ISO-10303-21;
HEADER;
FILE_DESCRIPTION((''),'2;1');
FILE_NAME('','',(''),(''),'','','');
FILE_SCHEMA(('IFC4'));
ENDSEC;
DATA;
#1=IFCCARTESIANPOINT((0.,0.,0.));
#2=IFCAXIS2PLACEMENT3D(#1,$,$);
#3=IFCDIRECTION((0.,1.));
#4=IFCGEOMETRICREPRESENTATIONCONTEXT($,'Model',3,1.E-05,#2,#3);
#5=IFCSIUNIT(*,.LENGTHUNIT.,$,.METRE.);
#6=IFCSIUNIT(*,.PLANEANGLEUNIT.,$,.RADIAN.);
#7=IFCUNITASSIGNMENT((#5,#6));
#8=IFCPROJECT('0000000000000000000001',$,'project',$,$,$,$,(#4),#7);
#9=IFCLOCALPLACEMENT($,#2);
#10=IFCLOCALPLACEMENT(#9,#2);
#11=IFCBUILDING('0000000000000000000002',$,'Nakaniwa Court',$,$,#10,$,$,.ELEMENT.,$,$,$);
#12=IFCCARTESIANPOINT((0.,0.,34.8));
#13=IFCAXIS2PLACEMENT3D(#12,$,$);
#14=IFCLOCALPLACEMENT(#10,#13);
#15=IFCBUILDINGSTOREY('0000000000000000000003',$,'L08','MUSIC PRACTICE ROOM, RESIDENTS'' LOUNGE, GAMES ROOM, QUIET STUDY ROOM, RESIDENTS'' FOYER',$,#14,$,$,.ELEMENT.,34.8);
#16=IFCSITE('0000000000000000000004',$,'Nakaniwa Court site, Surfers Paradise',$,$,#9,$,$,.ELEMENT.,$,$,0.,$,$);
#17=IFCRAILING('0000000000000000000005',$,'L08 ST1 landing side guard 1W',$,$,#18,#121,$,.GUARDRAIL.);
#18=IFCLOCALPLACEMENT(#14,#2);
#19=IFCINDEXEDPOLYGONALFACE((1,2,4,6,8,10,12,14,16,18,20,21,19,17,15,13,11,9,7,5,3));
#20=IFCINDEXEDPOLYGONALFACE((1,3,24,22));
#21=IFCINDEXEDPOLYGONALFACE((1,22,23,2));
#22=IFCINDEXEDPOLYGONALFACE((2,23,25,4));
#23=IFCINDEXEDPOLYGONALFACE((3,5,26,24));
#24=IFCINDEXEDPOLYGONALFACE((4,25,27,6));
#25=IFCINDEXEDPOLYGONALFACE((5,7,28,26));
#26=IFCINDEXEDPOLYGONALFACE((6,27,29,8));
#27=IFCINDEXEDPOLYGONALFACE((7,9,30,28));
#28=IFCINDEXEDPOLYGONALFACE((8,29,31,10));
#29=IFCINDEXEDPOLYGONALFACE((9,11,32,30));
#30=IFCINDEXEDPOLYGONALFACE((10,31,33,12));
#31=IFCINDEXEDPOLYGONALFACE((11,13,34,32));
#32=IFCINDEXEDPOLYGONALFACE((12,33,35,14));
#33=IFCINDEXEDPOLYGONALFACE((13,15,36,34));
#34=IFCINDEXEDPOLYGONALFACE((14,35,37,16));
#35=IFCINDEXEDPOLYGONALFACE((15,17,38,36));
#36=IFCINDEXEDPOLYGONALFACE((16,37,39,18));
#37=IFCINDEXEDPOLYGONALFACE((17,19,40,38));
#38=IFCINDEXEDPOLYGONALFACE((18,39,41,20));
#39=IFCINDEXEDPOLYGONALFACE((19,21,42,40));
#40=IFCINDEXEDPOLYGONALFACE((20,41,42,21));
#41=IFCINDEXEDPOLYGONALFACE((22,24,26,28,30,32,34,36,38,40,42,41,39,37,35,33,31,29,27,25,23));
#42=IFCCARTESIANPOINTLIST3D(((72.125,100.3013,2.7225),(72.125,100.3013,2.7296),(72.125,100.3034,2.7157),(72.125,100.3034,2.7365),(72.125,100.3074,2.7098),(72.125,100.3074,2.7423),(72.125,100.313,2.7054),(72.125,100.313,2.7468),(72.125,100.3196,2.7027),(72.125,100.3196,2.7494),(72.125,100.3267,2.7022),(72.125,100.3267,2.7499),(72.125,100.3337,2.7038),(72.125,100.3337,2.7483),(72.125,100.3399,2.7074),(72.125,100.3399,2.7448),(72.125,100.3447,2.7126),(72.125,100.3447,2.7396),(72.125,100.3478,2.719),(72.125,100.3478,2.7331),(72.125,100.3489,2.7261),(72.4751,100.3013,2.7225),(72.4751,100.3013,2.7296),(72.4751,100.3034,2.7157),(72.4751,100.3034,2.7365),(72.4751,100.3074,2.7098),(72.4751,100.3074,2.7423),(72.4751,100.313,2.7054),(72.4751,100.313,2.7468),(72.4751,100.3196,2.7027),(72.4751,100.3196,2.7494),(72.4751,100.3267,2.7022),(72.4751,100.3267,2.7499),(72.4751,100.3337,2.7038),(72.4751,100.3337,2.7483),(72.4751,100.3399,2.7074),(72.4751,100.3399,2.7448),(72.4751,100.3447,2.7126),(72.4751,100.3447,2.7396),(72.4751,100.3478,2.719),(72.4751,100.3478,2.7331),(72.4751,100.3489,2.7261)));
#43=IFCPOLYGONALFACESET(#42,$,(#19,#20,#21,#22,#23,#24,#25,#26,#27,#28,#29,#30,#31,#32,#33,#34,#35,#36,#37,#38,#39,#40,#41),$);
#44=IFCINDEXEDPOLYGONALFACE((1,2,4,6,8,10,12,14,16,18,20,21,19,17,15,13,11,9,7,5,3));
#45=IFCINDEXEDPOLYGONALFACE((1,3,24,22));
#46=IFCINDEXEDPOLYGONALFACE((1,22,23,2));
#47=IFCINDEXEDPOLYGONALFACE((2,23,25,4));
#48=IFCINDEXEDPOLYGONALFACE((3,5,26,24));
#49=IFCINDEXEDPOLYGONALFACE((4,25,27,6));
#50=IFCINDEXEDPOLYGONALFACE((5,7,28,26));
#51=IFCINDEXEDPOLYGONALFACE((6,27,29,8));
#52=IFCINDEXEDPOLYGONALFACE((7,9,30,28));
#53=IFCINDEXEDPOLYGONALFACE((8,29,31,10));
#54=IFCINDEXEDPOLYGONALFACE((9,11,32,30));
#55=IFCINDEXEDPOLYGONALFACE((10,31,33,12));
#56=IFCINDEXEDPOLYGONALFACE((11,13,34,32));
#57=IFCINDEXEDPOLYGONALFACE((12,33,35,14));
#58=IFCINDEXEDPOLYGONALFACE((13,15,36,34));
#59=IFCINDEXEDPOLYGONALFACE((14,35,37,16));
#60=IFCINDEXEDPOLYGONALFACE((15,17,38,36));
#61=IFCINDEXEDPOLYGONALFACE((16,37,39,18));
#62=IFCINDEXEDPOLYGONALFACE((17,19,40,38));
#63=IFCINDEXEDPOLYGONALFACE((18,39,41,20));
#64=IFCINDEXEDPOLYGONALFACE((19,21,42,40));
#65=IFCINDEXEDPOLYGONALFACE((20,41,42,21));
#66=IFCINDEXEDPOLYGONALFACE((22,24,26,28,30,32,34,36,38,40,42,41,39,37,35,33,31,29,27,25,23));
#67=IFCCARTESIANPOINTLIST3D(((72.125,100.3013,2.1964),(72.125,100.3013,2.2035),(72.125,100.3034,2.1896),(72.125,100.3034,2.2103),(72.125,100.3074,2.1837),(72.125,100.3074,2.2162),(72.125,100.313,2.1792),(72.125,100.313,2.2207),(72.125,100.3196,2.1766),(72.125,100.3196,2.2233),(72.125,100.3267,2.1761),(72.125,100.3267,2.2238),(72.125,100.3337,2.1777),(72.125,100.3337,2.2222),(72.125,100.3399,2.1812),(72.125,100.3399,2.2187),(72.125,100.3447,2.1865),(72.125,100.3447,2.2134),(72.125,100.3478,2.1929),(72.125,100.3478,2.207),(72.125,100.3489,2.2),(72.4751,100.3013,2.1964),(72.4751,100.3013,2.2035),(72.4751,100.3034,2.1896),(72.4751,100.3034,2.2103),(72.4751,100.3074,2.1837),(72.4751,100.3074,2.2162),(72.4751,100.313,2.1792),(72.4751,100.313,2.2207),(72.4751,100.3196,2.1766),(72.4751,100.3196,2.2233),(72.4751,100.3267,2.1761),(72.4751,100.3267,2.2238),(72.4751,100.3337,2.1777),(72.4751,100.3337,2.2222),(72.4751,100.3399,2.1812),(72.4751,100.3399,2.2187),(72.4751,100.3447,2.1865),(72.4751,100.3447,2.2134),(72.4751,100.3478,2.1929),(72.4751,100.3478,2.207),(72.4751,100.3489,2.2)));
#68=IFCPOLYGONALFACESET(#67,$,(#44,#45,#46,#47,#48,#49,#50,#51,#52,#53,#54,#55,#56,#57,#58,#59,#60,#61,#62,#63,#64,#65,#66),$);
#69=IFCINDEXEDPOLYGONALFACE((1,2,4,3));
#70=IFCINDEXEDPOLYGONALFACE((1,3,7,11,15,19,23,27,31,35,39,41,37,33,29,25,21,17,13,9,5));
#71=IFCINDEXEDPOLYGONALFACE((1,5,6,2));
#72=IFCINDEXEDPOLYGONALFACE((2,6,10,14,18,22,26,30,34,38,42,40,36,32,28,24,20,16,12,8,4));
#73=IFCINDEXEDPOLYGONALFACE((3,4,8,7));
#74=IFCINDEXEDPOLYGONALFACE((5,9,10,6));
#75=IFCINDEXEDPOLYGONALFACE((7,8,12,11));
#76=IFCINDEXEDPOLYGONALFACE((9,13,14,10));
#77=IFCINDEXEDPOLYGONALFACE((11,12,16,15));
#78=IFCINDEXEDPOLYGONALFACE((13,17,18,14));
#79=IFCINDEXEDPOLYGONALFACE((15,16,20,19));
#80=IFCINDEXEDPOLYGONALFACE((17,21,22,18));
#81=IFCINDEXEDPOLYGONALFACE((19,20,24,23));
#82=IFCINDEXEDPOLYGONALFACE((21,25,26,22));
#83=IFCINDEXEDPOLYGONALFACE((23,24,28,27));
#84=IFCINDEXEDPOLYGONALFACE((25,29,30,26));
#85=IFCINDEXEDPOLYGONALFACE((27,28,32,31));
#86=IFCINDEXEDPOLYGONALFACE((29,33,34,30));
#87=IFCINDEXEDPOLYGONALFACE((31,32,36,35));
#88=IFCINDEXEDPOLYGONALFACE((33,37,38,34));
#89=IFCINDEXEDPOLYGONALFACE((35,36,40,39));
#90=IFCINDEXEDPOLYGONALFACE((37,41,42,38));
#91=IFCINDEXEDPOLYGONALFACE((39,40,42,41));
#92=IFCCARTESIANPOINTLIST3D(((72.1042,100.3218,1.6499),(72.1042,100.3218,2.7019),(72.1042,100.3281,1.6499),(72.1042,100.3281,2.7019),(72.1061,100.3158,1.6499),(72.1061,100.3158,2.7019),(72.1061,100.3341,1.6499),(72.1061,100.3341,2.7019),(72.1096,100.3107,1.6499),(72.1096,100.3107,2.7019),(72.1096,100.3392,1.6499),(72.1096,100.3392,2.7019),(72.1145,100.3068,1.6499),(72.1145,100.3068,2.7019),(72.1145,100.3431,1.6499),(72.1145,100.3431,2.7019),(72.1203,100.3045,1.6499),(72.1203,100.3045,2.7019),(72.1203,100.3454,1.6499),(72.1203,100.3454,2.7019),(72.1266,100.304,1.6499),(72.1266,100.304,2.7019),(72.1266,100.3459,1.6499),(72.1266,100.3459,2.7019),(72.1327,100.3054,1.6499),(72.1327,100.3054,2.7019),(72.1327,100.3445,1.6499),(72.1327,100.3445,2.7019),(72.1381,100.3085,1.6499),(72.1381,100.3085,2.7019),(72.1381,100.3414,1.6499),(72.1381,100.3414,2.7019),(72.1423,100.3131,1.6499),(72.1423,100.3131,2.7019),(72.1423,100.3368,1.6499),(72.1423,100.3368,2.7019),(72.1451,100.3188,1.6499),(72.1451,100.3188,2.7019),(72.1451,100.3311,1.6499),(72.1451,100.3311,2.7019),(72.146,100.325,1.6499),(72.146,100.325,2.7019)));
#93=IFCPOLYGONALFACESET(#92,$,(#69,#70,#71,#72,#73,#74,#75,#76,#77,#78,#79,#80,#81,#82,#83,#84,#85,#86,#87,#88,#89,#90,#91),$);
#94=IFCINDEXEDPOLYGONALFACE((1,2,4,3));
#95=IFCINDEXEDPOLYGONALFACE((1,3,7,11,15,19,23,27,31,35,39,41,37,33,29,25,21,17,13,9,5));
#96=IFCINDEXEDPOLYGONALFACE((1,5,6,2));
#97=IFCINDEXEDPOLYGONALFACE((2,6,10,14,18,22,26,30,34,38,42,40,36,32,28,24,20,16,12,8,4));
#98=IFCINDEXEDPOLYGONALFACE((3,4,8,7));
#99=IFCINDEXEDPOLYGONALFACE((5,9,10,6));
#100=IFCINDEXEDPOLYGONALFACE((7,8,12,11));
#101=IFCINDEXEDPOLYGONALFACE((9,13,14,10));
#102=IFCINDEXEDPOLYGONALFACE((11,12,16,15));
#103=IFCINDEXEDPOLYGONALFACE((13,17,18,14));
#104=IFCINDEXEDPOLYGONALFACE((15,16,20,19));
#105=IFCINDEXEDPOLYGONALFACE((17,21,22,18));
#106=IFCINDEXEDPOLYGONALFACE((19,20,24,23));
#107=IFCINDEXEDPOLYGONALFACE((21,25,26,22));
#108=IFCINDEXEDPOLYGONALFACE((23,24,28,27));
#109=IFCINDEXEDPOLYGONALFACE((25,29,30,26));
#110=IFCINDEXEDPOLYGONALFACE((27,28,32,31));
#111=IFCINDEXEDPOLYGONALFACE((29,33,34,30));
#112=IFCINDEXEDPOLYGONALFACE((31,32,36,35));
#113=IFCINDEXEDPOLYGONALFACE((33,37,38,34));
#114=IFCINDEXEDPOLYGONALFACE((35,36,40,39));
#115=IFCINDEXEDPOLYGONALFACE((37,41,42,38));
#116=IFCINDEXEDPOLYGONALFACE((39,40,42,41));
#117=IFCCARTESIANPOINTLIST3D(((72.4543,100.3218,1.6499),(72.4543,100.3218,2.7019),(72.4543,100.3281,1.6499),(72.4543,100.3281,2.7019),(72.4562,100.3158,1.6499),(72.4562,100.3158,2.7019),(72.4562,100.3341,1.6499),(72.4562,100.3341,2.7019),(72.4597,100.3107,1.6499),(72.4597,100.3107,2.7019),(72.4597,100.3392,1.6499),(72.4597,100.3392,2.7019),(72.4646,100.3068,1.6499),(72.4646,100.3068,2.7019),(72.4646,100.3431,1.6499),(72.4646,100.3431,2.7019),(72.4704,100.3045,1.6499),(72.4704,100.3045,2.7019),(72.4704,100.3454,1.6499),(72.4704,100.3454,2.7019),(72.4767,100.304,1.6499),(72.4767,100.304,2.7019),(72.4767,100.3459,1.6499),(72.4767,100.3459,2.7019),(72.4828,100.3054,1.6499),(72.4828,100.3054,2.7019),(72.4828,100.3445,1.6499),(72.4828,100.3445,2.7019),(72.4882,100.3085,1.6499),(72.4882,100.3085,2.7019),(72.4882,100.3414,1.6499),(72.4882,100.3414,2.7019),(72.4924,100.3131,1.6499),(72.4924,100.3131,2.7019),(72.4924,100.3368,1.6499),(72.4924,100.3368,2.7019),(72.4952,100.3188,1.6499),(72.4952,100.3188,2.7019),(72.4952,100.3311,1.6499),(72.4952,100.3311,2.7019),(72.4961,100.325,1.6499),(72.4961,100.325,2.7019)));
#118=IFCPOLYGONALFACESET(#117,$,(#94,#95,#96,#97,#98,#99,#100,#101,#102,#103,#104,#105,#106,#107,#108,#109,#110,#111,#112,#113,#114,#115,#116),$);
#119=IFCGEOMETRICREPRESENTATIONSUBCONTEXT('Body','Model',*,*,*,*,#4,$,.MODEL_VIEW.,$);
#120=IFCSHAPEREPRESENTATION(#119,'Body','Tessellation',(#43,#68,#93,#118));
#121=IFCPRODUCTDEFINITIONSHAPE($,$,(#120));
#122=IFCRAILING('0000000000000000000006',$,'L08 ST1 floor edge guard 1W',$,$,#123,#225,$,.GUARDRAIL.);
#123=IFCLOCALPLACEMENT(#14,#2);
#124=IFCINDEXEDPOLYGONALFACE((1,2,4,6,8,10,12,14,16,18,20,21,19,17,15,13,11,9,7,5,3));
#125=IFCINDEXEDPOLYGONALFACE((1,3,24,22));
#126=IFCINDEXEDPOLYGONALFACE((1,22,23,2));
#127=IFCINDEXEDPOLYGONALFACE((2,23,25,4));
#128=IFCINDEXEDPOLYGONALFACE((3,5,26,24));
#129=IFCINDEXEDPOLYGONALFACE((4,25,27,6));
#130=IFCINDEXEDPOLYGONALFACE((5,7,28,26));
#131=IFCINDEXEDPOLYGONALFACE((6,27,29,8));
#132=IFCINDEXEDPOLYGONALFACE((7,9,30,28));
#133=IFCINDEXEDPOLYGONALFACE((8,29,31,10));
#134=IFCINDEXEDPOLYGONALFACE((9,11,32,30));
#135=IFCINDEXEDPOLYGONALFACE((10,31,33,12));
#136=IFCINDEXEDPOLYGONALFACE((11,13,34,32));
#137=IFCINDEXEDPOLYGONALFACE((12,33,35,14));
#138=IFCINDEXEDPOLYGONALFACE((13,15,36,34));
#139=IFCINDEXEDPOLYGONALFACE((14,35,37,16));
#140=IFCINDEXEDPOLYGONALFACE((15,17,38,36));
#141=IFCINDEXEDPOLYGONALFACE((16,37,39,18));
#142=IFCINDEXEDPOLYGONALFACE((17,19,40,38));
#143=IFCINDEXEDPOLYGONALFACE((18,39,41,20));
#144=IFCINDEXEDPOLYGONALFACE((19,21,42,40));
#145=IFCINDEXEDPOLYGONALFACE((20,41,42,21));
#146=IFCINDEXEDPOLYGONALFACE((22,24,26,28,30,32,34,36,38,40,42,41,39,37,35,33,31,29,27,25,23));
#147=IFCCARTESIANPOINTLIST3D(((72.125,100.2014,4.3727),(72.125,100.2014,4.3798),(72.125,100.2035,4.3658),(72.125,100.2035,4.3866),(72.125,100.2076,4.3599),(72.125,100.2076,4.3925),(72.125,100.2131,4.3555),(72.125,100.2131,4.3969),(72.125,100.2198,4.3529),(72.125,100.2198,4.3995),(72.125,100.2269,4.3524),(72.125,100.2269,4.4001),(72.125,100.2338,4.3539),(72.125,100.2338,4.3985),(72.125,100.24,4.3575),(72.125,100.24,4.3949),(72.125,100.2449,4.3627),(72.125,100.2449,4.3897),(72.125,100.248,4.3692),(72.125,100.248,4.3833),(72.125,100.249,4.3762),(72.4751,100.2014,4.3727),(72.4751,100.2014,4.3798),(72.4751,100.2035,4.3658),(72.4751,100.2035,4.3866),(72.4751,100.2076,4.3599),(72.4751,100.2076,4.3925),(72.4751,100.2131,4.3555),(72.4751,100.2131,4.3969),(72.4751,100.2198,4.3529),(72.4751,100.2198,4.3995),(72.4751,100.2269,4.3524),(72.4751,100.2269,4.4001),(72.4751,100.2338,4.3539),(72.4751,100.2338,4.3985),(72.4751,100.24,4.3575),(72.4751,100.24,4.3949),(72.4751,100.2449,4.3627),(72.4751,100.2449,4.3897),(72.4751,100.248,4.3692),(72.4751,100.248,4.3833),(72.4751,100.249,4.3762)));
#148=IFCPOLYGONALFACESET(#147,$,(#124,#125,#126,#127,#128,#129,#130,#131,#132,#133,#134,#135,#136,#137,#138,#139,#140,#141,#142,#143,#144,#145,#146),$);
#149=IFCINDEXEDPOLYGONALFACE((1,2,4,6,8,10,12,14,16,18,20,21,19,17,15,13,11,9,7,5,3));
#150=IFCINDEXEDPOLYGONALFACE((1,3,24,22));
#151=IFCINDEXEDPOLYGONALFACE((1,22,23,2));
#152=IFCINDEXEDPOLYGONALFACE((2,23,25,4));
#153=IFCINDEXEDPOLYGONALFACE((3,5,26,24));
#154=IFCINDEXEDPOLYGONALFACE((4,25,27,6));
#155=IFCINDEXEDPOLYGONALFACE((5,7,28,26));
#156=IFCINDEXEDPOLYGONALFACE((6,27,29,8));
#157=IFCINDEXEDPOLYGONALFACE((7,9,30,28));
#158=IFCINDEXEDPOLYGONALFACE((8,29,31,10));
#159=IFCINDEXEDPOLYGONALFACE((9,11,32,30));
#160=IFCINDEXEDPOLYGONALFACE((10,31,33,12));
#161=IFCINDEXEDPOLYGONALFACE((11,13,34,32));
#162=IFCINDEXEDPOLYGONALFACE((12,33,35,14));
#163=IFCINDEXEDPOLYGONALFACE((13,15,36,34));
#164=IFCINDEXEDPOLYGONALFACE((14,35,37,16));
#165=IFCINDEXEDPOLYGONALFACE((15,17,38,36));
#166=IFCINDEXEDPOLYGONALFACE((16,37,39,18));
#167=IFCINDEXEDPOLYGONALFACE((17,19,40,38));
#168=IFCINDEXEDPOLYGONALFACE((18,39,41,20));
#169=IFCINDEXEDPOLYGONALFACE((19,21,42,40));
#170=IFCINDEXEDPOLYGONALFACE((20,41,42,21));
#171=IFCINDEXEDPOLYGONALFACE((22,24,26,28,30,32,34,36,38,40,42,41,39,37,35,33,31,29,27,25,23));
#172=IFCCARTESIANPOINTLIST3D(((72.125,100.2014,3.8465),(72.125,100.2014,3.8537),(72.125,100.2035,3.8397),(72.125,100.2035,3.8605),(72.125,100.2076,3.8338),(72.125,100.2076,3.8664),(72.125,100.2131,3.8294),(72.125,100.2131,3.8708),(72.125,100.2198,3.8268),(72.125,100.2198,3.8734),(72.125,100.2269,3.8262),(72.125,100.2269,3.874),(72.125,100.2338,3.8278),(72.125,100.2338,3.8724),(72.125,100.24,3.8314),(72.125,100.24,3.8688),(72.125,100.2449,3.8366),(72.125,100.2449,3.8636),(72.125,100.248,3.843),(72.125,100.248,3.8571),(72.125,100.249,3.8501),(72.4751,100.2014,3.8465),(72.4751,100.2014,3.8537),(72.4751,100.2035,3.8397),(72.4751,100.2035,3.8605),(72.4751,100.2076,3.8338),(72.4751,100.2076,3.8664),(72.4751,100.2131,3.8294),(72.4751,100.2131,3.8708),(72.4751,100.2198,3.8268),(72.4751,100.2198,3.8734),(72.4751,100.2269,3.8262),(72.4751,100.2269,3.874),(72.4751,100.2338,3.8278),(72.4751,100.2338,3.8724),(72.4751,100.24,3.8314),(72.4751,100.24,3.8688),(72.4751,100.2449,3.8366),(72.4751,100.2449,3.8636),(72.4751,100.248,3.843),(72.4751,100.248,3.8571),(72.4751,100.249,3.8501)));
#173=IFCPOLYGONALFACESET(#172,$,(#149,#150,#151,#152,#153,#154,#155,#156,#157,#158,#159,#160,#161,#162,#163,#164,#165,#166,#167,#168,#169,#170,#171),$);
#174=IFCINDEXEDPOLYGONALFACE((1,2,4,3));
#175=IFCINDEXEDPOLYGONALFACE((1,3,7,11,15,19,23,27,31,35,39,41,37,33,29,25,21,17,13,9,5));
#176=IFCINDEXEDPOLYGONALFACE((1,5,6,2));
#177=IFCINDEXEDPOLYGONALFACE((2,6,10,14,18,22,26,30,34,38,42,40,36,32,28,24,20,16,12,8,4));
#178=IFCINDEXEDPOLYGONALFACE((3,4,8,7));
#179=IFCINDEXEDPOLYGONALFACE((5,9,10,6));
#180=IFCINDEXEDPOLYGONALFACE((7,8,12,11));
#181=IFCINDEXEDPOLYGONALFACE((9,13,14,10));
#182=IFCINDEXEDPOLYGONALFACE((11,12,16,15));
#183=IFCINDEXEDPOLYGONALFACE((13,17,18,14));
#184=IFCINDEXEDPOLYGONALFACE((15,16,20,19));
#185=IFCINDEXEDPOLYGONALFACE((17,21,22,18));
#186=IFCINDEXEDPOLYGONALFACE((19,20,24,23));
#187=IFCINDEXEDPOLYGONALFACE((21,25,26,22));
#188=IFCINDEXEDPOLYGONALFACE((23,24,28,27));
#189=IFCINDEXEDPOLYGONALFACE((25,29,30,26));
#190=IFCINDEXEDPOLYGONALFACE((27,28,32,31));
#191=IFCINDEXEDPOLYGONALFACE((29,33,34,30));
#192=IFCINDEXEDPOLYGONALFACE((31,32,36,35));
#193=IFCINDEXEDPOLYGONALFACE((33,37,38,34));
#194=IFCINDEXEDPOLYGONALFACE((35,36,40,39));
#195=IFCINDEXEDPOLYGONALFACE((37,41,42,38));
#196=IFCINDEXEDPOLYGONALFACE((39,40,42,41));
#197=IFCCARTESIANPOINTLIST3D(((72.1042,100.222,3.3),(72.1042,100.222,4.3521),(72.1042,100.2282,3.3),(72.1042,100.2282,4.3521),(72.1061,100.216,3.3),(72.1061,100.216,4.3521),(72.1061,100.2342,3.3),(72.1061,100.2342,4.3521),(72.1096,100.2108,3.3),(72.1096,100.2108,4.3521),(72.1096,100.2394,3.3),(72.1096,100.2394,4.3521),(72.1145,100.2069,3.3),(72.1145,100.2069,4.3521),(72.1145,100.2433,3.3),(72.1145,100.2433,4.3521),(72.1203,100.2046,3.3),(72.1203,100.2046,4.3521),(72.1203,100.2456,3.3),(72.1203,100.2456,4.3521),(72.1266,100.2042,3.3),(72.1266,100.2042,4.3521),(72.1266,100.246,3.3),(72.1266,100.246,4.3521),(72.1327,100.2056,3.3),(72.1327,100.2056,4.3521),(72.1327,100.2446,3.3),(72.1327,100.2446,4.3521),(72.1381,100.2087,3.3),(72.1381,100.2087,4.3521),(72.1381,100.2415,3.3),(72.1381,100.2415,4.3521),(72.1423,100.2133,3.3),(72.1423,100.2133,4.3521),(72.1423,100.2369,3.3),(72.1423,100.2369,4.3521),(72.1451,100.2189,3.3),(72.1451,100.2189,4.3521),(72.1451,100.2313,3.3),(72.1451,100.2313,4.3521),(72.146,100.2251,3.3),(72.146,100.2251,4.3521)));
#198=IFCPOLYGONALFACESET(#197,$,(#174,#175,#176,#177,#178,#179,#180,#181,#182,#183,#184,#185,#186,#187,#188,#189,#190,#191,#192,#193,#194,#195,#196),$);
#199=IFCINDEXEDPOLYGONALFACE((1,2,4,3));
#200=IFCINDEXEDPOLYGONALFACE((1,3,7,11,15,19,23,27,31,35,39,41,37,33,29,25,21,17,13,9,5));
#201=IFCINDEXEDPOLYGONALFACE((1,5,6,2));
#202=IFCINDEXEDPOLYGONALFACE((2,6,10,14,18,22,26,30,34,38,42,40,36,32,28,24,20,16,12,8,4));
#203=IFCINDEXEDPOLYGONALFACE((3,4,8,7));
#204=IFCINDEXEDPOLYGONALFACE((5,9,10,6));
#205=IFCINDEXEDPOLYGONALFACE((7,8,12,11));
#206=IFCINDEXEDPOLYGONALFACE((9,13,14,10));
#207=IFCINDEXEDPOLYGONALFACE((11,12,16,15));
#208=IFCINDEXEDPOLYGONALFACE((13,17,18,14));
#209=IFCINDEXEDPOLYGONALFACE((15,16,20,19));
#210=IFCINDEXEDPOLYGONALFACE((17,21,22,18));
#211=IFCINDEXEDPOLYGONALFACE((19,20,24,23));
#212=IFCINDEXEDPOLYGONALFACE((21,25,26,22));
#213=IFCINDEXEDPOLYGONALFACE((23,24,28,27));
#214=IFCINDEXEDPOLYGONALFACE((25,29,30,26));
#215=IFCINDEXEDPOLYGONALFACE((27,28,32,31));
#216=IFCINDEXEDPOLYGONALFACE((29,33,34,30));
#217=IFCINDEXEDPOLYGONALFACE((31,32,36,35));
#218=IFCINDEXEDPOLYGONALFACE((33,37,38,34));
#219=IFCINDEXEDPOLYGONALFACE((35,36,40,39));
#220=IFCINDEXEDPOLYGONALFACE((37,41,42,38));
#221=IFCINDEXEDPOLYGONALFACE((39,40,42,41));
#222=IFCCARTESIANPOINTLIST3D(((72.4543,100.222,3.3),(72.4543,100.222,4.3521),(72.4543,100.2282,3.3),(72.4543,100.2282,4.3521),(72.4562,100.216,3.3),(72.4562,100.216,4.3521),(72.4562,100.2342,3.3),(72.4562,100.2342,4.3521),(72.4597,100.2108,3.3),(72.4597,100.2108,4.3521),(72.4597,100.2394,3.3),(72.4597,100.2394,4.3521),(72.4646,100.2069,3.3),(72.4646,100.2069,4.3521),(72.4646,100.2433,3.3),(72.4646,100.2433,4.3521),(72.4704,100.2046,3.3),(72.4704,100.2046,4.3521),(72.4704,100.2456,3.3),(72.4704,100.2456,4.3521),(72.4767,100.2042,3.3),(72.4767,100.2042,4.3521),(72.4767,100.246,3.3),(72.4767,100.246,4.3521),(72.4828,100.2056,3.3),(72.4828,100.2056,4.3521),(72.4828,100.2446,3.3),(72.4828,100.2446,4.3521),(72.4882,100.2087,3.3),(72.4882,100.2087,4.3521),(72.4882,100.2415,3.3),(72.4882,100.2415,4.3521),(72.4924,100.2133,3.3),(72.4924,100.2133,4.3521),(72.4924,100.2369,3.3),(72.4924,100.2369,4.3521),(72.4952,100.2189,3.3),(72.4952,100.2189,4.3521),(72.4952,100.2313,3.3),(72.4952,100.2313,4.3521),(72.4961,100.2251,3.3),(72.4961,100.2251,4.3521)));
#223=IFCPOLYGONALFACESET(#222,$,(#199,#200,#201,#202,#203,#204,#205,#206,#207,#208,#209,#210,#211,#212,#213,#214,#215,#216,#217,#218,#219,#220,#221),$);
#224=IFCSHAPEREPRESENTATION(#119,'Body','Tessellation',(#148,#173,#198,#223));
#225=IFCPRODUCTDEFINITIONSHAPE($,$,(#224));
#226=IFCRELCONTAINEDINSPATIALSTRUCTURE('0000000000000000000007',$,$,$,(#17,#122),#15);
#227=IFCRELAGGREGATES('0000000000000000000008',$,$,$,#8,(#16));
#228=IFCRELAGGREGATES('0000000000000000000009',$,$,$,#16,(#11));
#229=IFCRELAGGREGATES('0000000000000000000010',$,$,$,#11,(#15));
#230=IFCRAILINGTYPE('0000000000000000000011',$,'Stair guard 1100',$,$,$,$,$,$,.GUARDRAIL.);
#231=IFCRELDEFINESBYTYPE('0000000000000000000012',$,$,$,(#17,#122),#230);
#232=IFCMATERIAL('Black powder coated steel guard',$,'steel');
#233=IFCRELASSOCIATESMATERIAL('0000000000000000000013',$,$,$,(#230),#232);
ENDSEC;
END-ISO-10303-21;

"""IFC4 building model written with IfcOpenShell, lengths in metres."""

from ifc_helpers import new_model, si_unit, direction, frame, origin, origin_2d, place, context, subcontext, project, spatial, circle, extrude, material, type_object, element, save


model = new_model("IFC4")

# Units and contexts
model_context = context("Model", 3, precision=1e-05, world=origin(), true_north=direction((0.0, 1.0)))
body_context = subcontext(model_context, "Body", "Model", "MODEL_VIEW")
ifc_project = project(units=[si_unit("LENGTHUNIT", "METRE"), si_unit("PLANEANGLEUNIT", "RADIAN")], contexts=[model_context])

# Site, building, storey
site_placement = place(None, origin())
site = spatial("IfcSite", under=ifc_project, at=site_placement, Name="Nakaniwa Court site, Surfers Paradise", CompositionType="ELEMENT", RefElevation=0.0)
building_placement = place(site_placement, origin())
building = spatial("IfcBuilding", under=site, at=building_placement, Name="Nakaniwa Court", CompositionType="ELEMENT")
storey_placement = place(building_placement, frame((0.0, 0.0, 34.8)))
storey = spatial("IfcBuildingStorey", under=building, at=storey_placement, Name="L08", Description="MUSIC PRACTICE ROOM, RESIDENTS' LOUNGE, GAMES ROOM, QUIET STUDY ROOM, RESIDENTS' FOYER", CompositionType="ELEMENT", Elevation=34.8)

# Railings
ifc_material_1 = material(Name="Black powder coated steel guard", Category="steel")
railing_type_1 = type_object("IfcRailingType", Name="Stair guard 1100", PredefinedType="GUARDRAIL", material=ifc_material_1)
for number, where, name in (
    (1, (72.125, 100.325, 1.6499), "L08 ST1 landing side guard 1W"),
    (2, (72.125, 100.2251, 3.3), "L08 ST1 floor edge guard 1W"),
):
    element("IfcRailing", number, at=place(storey_placement, frame(where)), inside=storey, type_object=railing_type_1, Name=name, PredefinedType="GUARDRAIL", context=body_context, shape_type="SweptSolid", body=[
        extrude(circle(Radius=0.0239, at=origin_2d()), frame((0.0, 0.0, 1.0762), z_axis=(1.0, 0.0, 0.0), x_axis=(0.0, 1.0, 0.0)), (0.0, 0.0, 1.0), 0.3501),
        extrude(circle(Radius=0.0239, at=origin_2d()), frame((0.0, 0.0, 0.55), z_axis=(1.0, 0.0, 0.0), x_axis=(0.0, 1.0, 0.0)), (0.0, 0.0, 1.0), 0.3501),
        extrude(circle(Radius=0.021, at=origin_2d()), origin(), (0.0, 0.0, 1.0), 1.052),
        extrude(circle(Radius=0.021, at=origin_2d()), frame((0.3501, 0.0, 0.0)), (0.0, 0.0, 1.0), 1.052),
    ])

save(model, "model.ifc")
